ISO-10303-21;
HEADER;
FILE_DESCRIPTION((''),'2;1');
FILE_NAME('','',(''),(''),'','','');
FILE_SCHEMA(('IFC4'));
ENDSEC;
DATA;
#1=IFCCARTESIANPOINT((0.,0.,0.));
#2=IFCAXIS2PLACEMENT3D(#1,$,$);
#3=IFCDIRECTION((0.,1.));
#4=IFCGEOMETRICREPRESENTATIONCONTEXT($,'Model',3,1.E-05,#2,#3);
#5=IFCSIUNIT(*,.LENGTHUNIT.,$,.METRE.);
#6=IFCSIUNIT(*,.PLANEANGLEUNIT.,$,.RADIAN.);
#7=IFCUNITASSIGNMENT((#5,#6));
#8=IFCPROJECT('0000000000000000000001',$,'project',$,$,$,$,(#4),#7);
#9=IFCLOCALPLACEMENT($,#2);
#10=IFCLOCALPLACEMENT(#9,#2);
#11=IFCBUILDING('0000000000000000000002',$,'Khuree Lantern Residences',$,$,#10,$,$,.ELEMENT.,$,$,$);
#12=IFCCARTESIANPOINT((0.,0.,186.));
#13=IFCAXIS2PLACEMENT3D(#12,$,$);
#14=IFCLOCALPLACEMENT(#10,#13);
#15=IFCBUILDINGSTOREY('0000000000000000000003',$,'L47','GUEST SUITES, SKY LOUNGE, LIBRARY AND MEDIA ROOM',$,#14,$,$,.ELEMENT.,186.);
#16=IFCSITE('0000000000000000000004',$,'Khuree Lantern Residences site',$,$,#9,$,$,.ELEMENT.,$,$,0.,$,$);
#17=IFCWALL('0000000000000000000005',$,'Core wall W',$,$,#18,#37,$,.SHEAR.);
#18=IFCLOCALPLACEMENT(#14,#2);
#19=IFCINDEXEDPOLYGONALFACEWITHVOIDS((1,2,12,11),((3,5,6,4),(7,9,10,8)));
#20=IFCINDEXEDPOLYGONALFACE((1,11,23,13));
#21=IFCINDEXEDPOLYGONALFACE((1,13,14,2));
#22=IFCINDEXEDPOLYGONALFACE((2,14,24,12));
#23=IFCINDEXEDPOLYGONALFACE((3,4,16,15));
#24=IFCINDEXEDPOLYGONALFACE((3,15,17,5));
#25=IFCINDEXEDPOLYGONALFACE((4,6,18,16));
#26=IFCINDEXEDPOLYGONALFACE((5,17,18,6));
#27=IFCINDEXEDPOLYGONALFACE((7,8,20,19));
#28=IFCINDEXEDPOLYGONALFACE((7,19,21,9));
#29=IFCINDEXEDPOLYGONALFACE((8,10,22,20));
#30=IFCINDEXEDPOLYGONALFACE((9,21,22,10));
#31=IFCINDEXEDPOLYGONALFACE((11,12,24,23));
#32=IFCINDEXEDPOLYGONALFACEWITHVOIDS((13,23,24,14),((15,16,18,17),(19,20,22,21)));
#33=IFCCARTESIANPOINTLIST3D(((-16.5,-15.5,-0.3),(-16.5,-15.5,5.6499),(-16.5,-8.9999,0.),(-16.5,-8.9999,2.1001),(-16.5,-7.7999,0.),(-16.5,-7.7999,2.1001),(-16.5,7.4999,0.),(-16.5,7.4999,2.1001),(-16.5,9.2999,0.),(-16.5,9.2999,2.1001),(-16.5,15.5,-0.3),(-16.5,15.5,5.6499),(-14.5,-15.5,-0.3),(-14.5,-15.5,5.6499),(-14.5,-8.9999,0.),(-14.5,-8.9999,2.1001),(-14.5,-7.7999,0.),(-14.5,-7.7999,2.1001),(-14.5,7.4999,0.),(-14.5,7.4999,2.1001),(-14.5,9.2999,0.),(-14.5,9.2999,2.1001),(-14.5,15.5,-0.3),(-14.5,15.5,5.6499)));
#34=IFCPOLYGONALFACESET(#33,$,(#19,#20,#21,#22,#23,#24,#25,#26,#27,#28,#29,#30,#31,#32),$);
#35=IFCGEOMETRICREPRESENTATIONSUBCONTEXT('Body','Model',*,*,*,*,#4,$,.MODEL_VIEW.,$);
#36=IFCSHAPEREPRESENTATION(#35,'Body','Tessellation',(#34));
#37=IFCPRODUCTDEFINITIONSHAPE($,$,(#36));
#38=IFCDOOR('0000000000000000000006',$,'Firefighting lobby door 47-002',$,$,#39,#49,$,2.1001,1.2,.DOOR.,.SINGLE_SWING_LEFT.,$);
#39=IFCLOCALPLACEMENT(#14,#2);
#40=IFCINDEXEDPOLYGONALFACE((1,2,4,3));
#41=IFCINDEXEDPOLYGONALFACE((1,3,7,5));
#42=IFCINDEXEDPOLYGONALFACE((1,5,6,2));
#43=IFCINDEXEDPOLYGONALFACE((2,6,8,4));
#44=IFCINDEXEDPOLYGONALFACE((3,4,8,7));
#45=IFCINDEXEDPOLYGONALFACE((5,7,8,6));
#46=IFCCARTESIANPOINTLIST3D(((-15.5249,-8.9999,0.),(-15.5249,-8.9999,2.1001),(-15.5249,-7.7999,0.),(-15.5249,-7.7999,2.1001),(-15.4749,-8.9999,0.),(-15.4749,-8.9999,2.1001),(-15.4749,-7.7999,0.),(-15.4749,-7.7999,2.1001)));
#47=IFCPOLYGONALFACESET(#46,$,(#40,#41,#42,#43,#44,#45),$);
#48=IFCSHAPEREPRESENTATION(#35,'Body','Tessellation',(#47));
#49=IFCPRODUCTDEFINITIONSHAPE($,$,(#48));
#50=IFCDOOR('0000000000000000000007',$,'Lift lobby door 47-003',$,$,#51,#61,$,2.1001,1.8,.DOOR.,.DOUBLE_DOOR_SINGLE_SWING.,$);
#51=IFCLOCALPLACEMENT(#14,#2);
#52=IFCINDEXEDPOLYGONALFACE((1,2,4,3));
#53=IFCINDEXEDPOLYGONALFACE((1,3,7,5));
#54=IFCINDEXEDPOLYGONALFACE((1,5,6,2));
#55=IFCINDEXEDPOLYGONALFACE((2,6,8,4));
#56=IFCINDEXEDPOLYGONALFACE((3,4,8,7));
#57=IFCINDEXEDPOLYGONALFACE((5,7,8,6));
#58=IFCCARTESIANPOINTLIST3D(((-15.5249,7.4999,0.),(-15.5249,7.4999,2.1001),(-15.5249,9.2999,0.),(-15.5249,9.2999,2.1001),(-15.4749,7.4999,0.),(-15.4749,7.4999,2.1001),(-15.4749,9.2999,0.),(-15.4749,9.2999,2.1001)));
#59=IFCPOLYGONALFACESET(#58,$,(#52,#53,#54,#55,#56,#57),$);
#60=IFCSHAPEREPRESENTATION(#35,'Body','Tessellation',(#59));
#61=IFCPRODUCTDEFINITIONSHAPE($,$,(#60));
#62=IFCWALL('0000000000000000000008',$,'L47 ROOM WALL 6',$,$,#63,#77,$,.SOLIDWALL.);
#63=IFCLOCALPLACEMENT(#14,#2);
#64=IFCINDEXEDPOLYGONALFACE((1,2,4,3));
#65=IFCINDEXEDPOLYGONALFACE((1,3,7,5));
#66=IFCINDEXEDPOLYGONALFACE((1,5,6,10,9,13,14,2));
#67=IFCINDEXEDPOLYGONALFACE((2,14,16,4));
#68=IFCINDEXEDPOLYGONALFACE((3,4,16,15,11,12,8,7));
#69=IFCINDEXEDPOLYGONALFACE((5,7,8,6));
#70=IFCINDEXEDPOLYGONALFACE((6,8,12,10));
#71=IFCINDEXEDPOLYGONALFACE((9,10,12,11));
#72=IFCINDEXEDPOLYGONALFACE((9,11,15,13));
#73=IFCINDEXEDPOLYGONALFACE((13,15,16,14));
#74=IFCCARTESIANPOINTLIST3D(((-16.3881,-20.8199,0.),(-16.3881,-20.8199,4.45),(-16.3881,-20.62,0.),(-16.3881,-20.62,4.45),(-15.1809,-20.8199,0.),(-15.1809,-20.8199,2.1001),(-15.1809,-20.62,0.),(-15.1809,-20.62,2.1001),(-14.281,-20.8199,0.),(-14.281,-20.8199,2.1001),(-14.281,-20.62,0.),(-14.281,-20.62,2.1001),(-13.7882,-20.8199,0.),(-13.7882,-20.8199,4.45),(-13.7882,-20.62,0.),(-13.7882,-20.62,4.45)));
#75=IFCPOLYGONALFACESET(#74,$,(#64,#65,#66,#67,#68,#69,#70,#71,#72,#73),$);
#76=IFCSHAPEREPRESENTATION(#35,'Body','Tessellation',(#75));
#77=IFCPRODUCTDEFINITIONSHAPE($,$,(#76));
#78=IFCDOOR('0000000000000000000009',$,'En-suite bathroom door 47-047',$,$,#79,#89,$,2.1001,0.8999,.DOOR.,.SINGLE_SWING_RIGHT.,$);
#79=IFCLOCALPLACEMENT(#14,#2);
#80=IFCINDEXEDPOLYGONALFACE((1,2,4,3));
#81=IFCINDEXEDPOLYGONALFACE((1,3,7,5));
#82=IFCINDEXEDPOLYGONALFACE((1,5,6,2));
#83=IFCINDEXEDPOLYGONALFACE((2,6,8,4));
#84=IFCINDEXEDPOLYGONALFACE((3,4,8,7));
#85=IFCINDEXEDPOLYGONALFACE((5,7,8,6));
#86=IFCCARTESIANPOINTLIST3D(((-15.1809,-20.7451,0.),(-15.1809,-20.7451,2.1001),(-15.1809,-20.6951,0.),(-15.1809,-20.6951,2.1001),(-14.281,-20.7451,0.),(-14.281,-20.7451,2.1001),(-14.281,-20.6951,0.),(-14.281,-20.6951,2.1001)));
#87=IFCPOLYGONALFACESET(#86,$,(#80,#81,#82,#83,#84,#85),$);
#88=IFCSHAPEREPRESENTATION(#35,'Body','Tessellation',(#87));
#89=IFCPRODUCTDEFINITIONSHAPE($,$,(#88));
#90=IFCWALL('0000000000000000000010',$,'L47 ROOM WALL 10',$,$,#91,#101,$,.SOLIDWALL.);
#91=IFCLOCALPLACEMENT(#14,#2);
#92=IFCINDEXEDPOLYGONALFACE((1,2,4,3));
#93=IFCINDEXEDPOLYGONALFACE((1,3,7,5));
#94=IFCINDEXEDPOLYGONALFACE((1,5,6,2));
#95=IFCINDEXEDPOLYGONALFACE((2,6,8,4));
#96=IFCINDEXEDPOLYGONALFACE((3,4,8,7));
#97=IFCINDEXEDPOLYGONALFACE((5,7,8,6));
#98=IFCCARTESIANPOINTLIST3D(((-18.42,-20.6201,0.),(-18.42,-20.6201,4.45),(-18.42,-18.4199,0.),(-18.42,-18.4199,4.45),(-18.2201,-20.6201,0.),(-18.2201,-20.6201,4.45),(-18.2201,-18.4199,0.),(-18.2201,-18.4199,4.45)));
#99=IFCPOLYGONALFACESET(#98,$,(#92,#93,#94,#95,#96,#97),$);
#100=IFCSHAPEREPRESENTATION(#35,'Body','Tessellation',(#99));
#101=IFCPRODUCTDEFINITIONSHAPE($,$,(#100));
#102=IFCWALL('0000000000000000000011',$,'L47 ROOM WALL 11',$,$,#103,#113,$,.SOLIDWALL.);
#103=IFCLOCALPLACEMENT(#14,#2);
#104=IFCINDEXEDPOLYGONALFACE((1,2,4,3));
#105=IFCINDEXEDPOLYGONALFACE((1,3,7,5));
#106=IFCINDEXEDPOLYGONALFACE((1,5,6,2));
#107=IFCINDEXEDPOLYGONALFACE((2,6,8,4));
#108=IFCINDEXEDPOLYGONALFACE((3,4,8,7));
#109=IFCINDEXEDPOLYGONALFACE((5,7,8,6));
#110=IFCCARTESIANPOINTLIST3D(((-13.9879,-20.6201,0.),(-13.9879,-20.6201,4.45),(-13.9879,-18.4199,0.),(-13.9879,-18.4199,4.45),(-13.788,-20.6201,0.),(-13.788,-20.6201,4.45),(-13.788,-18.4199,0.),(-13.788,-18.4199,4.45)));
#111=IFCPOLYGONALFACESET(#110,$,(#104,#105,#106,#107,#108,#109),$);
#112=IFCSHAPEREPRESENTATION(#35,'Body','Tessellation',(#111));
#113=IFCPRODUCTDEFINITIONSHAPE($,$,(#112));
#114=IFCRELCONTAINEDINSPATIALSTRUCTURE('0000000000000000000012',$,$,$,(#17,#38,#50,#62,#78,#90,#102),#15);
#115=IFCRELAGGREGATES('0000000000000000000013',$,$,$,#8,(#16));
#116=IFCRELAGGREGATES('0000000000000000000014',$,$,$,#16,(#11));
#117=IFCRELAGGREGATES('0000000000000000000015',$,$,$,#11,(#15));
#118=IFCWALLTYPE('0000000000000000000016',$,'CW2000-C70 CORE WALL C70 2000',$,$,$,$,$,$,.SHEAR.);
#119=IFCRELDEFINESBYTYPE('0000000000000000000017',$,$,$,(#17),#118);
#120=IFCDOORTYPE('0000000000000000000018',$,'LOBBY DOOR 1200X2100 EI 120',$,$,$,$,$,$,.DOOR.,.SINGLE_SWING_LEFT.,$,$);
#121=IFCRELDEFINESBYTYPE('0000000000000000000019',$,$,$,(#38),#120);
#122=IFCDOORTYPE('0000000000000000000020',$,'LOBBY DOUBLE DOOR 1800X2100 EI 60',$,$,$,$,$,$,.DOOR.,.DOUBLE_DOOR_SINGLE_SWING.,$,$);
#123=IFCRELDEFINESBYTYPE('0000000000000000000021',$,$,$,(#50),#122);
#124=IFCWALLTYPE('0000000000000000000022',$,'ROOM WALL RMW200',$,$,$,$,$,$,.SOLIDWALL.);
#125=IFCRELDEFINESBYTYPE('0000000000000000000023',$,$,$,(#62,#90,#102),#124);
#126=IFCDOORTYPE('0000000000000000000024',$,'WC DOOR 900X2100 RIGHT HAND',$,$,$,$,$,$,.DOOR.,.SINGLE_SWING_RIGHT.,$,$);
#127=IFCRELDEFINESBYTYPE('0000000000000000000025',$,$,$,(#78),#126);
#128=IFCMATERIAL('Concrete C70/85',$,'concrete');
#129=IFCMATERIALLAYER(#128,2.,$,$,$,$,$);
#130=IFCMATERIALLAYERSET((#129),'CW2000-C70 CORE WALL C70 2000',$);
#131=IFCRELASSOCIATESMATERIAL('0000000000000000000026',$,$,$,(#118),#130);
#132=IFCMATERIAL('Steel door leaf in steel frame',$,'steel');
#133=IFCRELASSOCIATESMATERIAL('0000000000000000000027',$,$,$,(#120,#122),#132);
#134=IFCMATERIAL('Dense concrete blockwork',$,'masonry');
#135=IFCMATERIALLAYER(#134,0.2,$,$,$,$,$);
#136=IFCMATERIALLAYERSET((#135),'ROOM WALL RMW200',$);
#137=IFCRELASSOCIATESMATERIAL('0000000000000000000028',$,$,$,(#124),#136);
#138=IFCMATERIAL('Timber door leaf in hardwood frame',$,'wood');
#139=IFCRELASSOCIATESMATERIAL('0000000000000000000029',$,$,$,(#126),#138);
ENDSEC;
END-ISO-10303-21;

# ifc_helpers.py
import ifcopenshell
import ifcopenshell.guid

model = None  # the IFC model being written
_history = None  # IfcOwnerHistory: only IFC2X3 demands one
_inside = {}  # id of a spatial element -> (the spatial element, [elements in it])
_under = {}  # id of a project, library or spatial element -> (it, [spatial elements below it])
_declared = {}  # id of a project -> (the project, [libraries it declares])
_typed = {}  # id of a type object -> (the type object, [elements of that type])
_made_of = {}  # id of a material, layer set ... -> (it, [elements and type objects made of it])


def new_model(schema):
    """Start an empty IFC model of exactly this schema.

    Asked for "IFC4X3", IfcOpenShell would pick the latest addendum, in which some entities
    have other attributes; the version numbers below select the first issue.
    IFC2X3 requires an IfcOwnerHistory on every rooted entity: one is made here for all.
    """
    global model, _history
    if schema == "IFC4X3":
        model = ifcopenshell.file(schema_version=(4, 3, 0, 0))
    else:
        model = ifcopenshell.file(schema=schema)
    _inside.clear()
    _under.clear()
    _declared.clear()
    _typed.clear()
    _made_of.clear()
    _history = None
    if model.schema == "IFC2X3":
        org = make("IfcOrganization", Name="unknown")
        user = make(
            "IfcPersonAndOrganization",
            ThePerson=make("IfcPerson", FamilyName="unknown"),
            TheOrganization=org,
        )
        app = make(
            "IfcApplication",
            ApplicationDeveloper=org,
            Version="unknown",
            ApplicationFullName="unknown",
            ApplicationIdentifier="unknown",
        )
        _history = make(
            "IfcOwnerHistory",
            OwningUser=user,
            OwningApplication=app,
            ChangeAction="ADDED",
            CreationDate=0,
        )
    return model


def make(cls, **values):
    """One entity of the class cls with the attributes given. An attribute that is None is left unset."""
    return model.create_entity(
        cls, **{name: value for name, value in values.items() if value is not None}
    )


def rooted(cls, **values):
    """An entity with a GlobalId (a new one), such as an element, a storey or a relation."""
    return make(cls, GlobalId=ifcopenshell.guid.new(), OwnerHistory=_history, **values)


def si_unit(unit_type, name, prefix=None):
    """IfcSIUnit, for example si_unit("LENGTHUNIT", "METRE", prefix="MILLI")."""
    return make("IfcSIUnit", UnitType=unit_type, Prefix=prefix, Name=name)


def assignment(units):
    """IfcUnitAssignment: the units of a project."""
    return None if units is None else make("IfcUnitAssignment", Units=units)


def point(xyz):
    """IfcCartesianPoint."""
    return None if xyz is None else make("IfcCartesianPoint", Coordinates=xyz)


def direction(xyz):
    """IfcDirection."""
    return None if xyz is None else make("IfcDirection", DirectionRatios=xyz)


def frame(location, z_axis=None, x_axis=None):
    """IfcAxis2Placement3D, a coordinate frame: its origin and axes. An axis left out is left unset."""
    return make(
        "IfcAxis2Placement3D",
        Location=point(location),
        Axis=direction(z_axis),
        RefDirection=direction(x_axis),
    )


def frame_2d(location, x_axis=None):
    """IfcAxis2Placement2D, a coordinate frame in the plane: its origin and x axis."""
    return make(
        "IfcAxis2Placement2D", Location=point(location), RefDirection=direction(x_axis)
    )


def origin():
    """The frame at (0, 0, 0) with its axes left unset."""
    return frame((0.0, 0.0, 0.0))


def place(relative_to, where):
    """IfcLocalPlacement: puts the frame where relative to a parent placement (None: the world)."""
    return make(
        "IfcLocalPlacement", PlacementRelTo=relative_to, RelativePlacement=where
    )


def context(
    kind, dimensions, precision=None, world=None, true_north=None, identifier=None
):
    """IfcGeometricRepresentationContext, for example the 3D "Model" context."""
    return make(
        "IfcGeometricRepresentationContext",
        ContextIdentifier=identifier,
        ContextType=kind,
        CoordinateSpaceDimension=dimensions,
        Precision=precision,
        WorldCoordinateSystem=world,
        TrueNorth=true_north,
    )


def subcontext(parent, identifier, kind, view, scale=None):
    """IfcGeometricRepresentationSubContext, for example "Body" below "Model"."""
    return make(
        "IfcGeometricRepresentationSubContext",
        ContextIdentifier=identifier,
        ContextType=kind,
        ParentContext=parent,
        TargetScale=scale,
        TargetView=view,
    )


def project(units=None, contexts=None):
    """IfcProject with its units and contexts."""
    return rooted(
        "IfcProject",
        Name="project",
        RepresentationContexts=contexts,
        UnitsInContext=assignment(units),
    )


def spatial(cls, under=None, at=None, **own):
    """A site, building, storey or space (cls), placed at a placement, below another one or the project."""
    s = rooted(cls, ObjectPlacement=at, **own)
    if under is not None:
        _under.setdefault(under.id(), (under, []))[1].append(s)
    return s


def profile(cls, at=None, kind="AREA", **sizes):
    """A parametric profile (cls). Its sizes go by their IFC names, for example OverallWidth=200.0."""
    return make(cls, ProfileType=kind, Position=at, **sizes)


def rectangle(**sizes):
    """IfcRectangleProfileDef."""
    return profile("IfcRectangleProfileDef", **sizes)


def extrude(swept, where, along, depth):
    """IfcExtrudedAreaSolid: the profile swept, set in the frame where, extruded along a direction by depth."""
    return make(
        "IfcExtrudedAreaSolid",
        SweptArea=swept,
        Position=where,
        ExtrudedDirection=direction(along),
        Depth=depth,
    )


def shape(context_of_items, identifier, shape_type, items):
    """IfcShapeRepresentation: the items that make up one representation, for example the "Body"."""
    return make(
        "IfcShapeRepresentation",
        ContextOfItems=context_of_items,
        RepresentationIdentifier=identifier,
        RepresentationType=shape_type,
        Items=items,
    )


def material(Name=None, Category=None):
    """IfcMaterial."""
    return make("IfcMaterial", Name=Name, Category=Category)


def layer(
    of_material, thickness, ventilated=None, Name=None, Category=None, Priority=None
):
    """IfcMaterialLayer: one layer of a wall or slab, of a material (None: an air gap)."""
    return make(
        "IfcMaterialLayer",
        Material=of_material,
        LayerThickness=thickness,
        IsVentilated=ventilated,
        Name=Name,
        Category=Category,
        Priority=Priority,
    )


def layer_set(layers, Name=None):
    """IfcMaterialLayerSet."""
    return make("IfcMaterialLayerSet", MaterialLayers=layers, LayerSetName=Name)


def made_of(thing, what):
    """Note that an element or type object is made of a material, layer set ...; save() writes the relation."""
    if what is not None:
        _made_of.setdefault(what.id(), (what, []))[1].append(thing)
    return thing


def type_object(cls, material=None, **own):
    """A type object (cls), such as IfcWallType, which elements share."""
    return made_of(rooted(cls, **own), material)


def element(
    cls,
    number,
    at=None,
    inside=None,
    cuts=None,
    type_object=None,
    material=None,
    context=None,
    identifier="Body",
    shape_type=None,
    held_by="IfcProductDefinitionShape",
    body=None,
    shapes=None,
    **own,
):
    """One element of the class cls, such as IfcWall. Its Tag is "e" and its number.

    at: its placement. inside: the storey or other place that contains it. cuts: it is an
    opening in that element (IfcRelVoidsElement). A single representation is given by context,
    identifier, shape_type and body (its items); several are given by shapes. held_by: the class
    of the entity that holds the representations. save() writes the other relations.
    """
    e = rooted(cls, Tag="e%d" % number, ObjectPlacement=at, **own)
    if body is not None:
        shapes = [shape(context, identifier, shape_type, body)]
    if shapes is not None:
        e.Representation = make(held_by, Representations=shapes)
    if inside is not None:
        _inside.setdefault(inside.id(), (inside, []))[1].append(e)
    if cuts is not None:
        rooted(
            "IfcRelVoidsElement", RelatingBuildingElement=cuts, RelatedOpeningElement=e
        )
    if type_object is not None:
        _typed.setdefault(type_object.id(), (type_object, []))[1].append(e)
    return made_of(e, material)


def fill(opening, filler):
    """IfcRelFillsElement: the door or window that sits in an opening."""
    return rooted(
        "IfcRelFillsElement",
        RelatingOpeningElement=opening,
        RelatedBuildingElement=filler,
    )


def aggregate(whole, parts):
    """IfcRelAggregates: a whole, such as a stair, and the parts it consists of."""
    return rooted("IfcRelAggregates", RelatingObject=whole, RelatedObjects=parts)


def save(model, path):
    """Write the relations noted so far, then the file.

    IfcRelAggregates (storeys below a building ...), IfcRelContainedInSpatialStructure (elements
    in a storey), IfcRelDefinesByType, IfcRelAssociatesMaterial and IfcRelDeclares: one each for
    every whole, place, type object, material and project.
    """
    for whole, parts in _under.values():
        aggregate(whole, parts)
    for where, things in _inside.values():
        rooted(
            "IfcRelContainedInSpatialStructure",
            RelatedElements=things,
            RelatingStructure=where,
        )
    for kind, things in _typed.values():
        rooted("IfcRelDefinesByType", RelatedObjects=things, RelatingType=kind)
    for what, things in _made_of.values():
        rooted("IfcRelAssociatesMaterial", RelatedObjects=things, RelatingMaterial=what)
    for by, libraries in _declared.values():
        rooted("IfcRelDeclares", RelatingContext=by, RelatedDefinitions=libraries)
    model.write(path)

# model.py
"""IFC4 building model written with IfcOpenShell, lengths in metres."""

from ifc_helpers import new_model, si_unit, direction, frame, frame_2d, origin, place, context, subcontext, project, spatial, rectangle, extrude, material, layer, layer_set, type_object, element, fill, save


model = new_model("IFC4")

# Units and contexts
model_context = context("Model", 3, precision=1e-05, world=origin(), true_north=direction((0.0, 1.0)))
body_context = subcontext(model_context, "Body", "Model", "MODEL_VIEW")
ifc_project = project(units=[si_unit("LENGTHUNIT", "METRE"), si_unit("PLANEANGLEUNIT", "RADIAN")], contexts=[model_context])

# Site, building, storey
site_placement = place(None, origin())
site = spatial("IfcSite", under=ifc_project, at=site_placement, Name="Khuree Lantern Residences site", CompositionType="ELEMENT", RefElevation=0.0)
building_placement = place(site_placement, origin())
building = spatial("IfcBuilding", under=site, at=building_placement, Name="Khuree Lantern Residences", CompositionType="ELEMENT")
storey_placement = place(building_placement, frame((0.0, 0.0, 186.0)))
storey = spatial("IfcBuildingStorey", under=building, at=storey_placement, Name="L47", Description="GUEST SUITES, SKY LOUNGE, LIBRARY AND MEDIA ROOM", CompositionType="ELEMENT", Elevation=186.0)

# Shared definitions
ifc_material_1 = material(Name="Concrete C70/85", Category="concrete")

# Shared definitions
ifc_material_2 = material(Name="Dense concrete blockwork", Category="masonry")

# Wall, openings, doors
ifc_layer_1 = layer(ifc_material_1, 2.0)
ifc_layer_set_1 = layer_set([ifc_layer_1], Name="CW2000-C70 CORE WALL C70 2000")
wall_type_1 = type_object("IfcWallType", Name="CW2000-C70 CORE WALL C70 2000", PredefinedType="SHEAR", material=ifc_layer_set_1)
wall_1_placement = place(storey_placement, frame((-15.5, -15.5, -0.3), z_axis=(0.0, 0.0, 1.0), x_axis=(0.0, 1.0, 0.0)))
wall_1 = element("IfcWall", 1, at=wall_1_placement, inside=storey, type_object=wall_type_1, Name="Core wall W", PredefinedType="SHEAR", context=body_context, shape_type="SweptSolid", body=[
    extrude(rectangle(XDim=31.0, YDim=2.0, at=frame_2d((15.5, 0.0))), origin(), (0.0, 0.0, 1.0), 5.95),
])
opening_1_placement = place(wall_1_placement, frame((6.5, 0.0, 0.3)))
opening_1 = element("IfcOpeningElement", 2, at=opening_1_placement, cuts=wall_1, PredefinedType="OPENING", context=body_context, shape_type="SweptSolid", body=[
    extrude(rectangle(XDim=1.2, YDim=2.1001, at=frame_2d((0.6001, 1.05))), frame((0.0, 1.01, 0.0), z_axis=(0.0, -1.0, 0.0), x_axis=(1.0, 0.0, 0.0)), (0.0, 0.0, 1.0), 2.02),
])
opening_2_placement = place(wall_1_placement, frame((23.0, 0.0, 0.3)))
opening_2 = element("IfcOpeningElement", 3, at=opening_2_placement, cuts=wall_1, PredefinedType="OPENING", context=body_context, shape_type="SweptSolid", body=[
    extrude(rectangle(XDim=1.8, YDim=2.1001, at=frame_2d((0.8999, 1.05))), frame((0.0, 1.01, 0.0), z_axis=(0.0, -1.0, 0.0), x_axis=(1.0, 0.0, 0.0)), (0.0, 0.0, 1.0), 2.02),
])
ifc_material_3 = material(Name="Steel door leaf in steel frame", Category="steel")
door_type_1 = type_object("IfcDoorType", Name="LOBBY DOOR 1200X2100 EI 120", OperationType="SINGLE_SWING_LEFT", PredefinedType="DOOR", material=ifc_material_3)
door_1_placement = place(opening_1_placement, origin())
door_1 = element("IfcDoor", 4, at=door_1_placement, inside=storey, type_object=door_type_1, Name="Firefighting lobby door 47-002", OperationType="SINGLE_SWING_LEFT", OverallHeight=2.1001, OverallWidth=1.2, PredefinedType="DOOR", context=body_context, shape_type="SweptSolid", body=[
    extrude(rectangle(XDim=1.2, YDim=2.1001, at=frame_2d((0.6001, 1.05))), frame((0.0, 0.0249, 0.0), z_axis=(0.0, -1.0, 0.0), x_axis=(1.0, 0.0, 0.0)), (0.0, 0.0, 1.0), 0.05),
])
fill(opening_1, door_1)
door_type_2 = type_object("IfcDoorType", Name="LOBBY DOUBLE DOOR 1800X2100 EI 60", OperationType="DOUBLE_DOOR_SINGLE_SWING", PredefinedType="DOOR", material=ifc_material_3)
door_2_placement = place(opening_2_placement, origin())
door_2 = element("IfcDoor", 5, at=door_2_placement, inside=storey, type_object=door_type_2, Name="Lift lobby door 47-003", OperationType="DOUBLE_DOOR_SINGLE_SWING", OverallHeight=2.1001, OverallWidth=1.8, PredefinedType="DOOR", context=body_context, shape_type="SweptSolid", body=[
    extrude(rectangle(XDim=1.8, YDim=2.1001, at=frame_2d((0.8999, 1.05))), frame((0.0, 0.0249, 0.0), z_axis=(0.0, -1.0, 0.0), x_axis=(1.0, 0.0, 0.0)), (0.0, 0.0, 1.0), 0.05),
])
fill(opening_2, door_2)

# Wall, opening, door
ifc_layer_2 = layer(ifc_material_2, 0.2)
ifc_layer_set_2 = layer_set([ifc_layer_2], Name="ROOM WALL RMW200")
wall_type_2 = type_object("IfcWallType", Name="ROOM WALL RMW200", PredefinedType="SOLIDWALL", material=ifc_layer_set_2)
wall_2_placement = place(storey_placement, frame((-16.3879, -20.72, 0.0), z_axis=(0.0, 0.0, 1.0), x_axis=(1.0, 0.0, 0.0)))
wall_2 = element("IfcWall", 6, at=wall_2_placement, inside=storey, type_object=wall_type_2, Name="L47 ROOM WALL 6", PredefinedType="SOLIDWALL", context=body_context, shape_type="SweptSolid", body=[
    extrude(rectangle(XDim=2.5999, YDim=0.2, at=frame_2d((1.2998, 0.0))), origin(), (0.0, 0.0, 1.0), 4.45),
])
opening_3_placement = place(wall_2_placement, frame((1.207, 0.0, 0.0)))
opening_3 = element("IfcOpeningElement", 7, at=opening_3_placement, cuts=wall_2, PredefinedType="OPENING", context=body_context, shape_type="SweptSolid", body=[
    extrude(rectangle(XDim=0.8999, YDim=2.1001, at=frame_2d((0.45, 1.05))), frame((0.0, 0.1099, 0.0), z_axis=(0.0, -1.0, 0.0), x_axis=(1.0, 0.0, 0.0)), (0.0, 0.0, 1.0), 0.22),
])
ifc_material_4 = material(Name="Timber door leaf in hardwood frame", Category="wood")
door_type_3 = type_object("IfcDoorType", Name="WC DOOR 900X2100 RIGHT HAND", OperationType="SINGLE_SWING_RIGHT", PredefinedType="DOOR", material=ifc_material_4)
door_3_placement = place(opening_3_placement, origin())
door_3 = element("IfcDoor", 8, at=door_3_placement, inside=storey, type_object=door_type_3, Name="En-suite bathroom door 47-047", OperationType="SINGLE_SWING_RIGHT", OverallHeight=2.1001, OverallWidth=0.8999, PredefinedType="DOOR", context=body_context, shape_type="SweptSolid", body=[
    extrude(rectangle(XDim=0.8999, YDim=2.1001, at=frame_2d((0.45, 1.05))), frame((0.0, 0.0249, 0.0), z_axis=(0.0, -1.0, 0.0), x_axis=(1.0, 0.0, 0.0)), (0.0, 0.0, 1.0), 0.05),
])
fill(opening_3, door_3)

# Walls
for number, where, z_axis, x_axis, name in (
    (9, (-18.3201, -20.6201, 0.0), (0.0, 0.0, 1.0), (0.0, 1.0, 0.0), "L47 ROOM WALL 10"),
    (10, (-13.8879, -20.6201, 0.0), (0.0, 0.0, 1.0), (0.0, 1.0, 0.0), "L47 ROOM WALL 11"),
):
    element("IfcWall", number, at=place(storey_placement, frame(where, z_axis=z_axis, x_axis=x_axis)), inside=storey, type_object=wall_type_2, Name=name, PredefinedType="SOLIDWALL", context=body_context, shape_type="SweptSolid", body=[
        extrude(rectangle(XDim=2.2002, YDim=0.2, at=frame_2d((1.1001, 0.0))), origin(), (0.0, 0.0, 1.0), 4.45),
    ])

save(model, "model.ifc")
